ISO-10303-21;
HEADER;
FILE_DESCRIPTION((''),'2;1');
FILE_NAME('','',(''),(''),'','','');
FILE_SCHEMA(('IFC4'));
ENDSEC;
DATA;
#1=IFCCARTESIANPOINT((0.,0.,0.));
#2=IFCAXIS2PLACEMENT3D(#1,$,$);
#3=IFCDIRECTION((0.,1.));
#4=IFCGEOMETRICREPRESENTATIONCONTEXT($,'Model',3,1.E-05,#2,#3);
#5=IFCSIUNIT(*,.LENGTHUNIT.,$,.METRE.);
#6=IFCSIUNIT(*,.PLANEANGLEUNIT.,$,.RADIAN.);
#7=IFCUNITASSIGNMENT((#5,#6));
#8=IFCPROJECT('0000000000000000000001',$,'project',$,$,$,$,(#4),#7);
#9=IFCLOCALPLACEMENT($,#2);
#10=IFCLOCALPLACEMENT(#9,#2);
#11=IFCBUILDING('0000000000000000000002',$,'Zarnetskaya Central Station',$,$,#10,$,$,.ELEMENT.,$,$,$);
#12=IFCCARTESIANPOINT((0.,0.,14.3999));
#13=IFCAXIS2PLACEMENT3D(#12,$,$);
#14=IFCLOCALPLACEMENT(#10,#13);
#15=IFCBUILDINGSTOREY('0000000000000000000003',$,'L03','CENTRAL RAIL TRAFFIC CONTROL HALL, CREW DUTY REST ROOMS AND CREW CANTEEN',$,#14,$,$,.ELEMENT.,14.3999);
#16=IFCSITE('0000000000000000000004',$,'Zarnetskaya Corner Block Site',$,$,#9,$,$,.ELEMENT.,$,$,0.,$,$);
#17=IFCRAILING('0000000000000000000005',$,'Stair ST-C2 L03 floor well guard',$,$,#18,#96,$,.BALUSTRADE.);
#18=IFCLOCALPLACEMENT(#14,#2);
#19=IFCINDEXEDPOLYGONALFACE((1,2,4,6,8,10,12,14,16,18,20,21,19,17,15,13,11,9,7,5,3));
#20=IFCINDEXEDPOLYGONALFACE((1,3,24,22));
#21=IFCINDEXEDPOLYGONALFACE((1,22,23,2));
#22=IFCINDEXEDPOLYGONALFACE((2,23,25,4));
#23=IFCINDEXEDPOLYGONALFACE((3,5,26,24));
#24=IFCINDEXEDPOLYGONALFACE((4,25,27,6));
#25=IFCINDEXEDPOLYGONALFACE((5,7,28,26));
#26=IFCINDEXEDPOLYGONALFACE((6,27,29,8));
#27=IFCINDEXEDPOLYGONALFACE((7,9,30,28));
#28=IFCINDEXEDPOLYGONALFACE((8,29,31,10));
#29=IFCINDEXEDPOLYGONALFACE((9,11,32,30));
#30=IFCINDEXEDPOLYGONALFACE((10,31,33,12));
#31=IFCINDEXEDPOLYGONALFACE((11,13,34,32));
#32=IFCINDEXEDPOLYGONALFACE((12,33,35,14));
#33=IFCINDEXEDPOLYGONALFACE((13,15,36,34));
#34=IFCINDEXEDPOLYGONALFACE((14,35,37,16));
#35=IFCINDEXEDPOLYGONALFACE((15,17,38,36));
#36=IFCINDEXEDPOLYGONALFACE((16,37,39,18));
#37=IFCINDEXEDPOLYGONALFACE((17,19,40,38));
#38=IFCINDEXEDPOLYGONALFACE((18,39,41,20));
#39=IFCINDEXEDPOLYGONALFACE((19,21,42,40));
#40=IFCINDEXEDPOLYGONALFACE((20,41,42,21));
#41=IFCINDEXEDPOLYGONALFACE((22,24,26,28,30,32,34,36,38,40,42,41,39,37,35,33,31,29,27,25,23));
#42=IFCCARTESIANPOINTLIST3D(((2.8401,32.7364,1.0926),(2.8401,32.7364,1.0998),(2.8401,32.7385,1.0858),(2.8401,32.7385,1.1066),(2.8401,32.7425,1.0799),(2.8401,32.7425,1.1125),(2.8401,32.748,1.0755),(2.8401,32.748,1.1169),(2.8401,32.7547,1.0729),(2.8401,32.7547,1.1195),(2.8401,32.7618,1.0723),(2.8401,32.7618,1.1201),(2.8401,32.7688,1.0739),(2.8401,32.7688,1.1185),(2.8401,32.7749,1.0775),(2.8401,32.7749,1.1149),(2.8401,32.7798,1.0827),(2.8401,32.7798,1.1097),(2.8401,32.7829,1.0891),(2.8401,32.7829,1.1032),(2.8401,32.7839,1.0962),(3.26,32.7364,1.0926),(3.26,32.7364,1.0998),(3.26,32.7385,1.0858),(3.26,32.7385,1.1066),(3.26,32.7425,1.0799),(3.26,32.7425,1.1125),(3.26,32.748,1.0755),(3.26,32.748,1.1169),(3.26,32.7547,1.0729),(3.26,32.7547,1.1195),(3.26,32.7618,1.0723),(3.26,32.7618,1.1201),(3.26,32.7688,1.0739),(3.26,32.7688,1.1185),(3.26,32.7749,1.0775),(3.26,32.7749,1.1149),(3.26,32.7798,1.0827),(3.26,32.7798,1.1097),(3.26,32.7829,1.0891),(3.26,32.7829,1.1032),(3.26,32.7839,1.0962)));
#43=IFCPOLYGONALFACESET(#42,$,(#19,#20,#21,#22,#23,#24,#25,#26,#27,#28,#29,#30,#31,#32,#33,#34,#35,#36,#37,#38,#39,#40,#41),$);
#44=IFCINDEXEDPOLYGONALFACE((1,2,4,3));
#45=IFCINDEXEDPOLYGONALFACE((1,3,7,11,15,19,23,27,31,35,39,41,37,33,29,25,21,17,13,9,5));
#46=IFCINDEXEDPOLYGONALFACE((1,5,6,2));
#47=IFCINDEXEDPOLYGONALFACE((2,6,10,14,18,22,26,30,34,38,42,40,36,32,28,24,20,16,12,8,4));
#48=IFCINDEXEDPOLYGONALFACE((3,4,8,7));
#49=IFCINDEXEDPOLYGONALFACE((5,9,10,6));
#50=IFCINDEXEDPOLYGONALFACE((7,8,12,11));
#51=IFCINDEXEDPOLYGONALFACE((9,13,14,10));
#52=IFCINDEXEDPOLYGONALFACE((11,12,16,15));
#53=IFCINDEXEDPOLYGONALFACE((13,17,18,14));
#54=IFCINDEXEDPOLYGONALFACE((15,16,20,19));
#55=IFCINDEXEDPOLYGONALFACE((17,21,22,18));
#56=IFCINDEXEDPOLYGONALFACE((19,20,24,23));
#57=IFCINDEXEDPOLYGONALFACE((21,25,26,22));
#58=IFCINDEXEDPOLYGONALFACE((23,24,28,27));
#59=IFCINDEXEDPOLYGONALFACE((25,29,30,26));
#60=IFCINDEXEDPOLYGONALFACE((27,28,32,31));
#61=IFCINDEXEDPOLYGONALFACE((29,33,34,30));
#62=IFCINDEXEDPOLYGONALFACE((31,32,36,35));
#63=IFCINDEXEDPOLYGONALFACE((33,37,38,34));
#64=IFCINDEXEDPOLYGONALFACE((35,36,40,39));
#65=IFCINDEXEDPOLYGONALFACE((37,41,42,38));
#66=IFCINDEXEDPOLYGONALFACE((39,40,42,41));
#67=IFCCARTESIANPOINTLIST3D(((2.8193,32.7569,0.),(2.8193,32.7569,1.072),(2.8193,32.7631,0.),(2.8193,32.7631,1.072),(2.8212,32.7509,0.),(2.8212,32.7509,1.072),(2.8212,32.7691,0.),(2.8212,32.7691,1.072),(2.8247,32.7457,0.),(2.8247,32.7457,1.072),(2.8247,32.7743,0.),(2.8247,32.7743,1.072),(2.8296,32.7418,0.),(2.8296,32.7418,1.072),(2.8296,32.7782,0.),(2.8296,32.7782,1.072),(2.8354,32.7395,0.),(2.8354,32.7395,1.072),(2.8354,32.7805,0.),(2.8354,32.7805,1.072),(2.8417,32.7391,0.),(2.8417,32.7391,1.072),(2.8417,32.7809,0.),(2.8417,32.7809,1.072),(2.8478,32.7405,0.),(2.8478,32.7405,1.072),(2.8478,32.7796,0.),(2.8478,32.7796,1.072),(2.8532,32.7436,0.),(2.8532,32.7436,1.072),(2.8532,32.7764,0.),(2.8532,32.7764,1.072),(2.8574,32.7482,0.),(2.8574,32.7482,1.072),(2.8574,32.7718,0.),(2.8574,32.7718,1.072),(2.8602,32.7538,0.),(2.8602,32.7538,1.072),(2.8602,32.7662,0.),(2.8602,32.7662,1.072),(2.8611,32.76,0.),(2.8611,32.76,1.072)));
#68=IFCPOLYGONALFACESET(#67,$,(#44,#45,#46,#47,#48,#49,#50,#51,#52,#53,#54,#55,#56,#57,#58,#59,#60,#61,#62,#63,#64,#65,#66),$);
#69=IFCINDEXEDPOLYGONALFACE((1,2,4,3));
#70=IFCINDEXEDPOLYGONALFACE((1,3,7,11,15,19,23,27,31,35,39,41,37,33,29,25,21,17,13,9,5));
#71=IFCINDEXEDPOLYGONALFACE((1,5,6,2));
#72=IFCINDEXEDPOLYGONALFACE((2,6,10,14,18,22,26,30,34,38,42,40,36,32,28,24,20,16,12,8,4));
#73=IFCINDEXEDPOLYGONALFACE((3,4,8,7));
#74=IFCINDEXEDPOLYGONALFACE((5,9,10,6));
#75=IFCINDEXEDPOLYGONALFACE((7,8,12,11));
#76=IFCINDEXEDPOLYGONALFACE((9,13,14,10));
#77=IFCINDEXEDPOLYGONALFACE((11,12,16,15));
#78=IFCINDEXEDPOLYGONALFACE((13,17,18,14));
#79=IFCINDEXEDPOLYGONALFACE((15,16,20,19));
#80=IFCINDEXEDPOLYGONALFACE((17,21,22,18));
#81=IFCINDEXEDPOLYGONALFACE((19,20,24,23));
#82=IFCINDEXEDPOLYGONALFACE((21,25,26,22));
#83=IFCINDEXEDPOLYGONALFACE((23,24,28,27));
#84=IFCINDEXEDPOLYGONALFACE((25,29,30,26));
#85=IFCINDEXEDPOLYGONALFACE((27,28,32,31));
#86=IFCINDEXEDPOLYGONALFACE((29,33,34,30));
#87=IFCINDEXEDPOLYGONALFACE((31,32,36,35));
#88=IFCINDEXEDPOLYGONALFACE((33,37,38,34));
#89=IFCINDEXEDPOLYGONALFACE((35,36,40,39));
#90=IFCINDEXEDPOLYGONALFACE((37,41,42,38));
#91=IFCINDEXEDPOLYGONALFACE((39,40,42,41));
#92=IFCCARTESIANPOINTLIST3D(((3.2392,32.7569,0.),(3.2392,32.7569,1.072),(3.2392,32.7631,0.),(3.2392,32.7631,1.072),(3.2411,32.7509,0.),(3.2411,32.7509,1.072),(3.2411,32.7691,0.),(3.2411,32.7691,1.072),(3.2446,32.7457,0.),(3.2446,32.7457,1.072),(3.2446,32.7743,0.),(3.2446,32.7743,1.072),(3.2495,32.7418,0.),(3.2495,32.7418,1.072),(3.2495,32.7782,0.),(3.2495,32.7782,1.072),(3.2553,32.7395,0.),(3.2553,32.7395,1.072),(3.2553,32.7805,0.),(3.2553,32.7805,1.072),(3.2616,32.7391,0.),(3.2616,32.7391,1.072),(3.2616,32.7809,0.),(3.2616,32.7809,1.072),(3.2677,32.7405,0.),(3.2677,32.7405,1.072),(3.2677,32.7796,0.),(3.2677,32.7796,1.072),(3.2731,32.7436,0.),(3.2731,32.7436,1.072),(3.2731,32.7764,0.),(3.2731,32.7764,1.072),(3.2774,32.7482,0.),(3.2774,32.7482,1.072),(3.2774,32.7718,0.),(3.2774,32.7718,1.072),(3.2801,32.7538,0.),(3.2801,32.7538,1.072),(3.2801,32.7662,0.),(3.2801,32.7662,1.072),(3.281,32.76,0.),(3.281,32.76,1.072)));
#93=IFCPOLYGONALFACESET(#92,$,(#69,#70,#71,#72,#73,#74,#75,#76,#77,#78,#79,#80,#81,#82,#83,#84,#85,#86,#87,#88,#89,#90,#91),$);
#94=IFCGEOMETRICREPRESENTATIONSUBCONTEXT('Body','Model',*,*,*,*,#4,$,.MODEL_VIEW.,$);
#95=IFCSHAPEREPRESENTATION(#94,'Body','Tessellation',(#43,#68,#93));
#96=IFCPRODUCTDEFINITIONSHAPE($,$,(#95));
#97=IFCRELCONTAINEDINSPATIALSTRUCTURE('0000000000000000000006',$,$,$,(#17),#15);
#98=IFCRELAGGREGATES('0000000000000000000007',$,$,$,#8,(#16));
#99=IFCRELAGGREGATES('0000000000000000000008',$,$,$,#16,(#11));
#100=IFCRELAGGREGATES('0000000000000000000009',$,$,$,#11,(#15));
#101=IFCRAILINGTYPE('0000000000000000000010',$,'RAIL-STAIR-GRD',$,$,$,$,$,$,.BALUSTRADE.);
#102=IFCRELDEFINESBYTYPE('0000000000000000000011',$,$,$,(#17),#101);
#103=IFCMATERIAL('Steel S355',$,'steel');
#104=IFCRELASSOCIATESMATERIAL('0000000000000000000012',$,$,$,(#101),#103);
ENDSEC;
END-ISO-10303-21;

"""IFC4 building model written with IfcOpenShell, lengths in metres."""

from ifc_helpers import new_model, si_unit, direction, frame, origin, origin_2d, place, context, subcontext, project, spatial, circle, extrude, material, type_object, element, save


model = new_model("IFC4")

# Units and contexts
model_context = context("Model", 3, precision=1e-05, world=origin(), true_north=direction((0.0, 1.0)))
body_context = subcontext(model_context, "Body", "Model", "MODEL_VIEW")
ifc_project = project(units=[si_unit("LENGTHUNIT", "METRE"), si_unit("PLANEANGLEUNIT", "RADIAN")], contexts=[model_context])

# Site, building, storey
site_placement = place(None, origin())
site = spatial("IfcSite", under=ifc_project, at=site_placement, Name="Zarnetskaya Corner Block Site", CompositionType="ELEMENT", RefElevation=0.0)
building_placement = place(site_placement, origin())
building = spatial("IfcBuilding", under=site, at=building_placement, Name="Zarnetskaya Central Station", CompositionType="ELEMENT")
storey_placement = place(building_placement, frame((0.0, 0.0, 14.3999)))
storey = spatial("IfcBuildingStorey", under=building, at=storey_placement, Name="L03", Description="CENTRAL RAIL TRAFFIC CONTROL HALL, CREW DUTY REST ROOMS AND CREW CANTEEN", CompositionType="ELEMENT", Elevation=14.3999)

# Shared definitions
ifc_material_1 = material(Name="Steel S355", Category="steel")

# Railing
railing_type_1 = type_object("IfcRailingType", Name="RAIL-STAIR-GRD", PredefinedType="BALUSTRADE", material=ifc_material_1)
railing_1_placement = place(storey_placement, frame((2.8401, 32.76, 0.0)))
element("IfcRailing", 1, at=railing_1_placement, inside=storey, type_object=railing_type_1, Name="Stair ST-C2 L03 floor well guard", PredefinedType="BALUSTRADE", context=body_context, shape_type="SweptSolid", body=[
    extrude(circle(Radius=0.0239, at=origin_2d()), frame((0.0, 0.0, 1.0962), z_axis=(1.0, 0.0, 0.0), x_axis=(0.0, 1.0, 0.0)), (0.0, 0.0, 1.0), 0.4199),
    extrude(circle(Radius=0.021, at=origin_2d()), origin(), (0.0, 0.0, 1.0), 1.072),
    extrude(circle(Radius=0.021, at=origin_2d()), frame((0.4199, 0.0, 0.0)), (0.0, 0.0, 1.0), 1.072),
])

save(model, "model.ifc")
